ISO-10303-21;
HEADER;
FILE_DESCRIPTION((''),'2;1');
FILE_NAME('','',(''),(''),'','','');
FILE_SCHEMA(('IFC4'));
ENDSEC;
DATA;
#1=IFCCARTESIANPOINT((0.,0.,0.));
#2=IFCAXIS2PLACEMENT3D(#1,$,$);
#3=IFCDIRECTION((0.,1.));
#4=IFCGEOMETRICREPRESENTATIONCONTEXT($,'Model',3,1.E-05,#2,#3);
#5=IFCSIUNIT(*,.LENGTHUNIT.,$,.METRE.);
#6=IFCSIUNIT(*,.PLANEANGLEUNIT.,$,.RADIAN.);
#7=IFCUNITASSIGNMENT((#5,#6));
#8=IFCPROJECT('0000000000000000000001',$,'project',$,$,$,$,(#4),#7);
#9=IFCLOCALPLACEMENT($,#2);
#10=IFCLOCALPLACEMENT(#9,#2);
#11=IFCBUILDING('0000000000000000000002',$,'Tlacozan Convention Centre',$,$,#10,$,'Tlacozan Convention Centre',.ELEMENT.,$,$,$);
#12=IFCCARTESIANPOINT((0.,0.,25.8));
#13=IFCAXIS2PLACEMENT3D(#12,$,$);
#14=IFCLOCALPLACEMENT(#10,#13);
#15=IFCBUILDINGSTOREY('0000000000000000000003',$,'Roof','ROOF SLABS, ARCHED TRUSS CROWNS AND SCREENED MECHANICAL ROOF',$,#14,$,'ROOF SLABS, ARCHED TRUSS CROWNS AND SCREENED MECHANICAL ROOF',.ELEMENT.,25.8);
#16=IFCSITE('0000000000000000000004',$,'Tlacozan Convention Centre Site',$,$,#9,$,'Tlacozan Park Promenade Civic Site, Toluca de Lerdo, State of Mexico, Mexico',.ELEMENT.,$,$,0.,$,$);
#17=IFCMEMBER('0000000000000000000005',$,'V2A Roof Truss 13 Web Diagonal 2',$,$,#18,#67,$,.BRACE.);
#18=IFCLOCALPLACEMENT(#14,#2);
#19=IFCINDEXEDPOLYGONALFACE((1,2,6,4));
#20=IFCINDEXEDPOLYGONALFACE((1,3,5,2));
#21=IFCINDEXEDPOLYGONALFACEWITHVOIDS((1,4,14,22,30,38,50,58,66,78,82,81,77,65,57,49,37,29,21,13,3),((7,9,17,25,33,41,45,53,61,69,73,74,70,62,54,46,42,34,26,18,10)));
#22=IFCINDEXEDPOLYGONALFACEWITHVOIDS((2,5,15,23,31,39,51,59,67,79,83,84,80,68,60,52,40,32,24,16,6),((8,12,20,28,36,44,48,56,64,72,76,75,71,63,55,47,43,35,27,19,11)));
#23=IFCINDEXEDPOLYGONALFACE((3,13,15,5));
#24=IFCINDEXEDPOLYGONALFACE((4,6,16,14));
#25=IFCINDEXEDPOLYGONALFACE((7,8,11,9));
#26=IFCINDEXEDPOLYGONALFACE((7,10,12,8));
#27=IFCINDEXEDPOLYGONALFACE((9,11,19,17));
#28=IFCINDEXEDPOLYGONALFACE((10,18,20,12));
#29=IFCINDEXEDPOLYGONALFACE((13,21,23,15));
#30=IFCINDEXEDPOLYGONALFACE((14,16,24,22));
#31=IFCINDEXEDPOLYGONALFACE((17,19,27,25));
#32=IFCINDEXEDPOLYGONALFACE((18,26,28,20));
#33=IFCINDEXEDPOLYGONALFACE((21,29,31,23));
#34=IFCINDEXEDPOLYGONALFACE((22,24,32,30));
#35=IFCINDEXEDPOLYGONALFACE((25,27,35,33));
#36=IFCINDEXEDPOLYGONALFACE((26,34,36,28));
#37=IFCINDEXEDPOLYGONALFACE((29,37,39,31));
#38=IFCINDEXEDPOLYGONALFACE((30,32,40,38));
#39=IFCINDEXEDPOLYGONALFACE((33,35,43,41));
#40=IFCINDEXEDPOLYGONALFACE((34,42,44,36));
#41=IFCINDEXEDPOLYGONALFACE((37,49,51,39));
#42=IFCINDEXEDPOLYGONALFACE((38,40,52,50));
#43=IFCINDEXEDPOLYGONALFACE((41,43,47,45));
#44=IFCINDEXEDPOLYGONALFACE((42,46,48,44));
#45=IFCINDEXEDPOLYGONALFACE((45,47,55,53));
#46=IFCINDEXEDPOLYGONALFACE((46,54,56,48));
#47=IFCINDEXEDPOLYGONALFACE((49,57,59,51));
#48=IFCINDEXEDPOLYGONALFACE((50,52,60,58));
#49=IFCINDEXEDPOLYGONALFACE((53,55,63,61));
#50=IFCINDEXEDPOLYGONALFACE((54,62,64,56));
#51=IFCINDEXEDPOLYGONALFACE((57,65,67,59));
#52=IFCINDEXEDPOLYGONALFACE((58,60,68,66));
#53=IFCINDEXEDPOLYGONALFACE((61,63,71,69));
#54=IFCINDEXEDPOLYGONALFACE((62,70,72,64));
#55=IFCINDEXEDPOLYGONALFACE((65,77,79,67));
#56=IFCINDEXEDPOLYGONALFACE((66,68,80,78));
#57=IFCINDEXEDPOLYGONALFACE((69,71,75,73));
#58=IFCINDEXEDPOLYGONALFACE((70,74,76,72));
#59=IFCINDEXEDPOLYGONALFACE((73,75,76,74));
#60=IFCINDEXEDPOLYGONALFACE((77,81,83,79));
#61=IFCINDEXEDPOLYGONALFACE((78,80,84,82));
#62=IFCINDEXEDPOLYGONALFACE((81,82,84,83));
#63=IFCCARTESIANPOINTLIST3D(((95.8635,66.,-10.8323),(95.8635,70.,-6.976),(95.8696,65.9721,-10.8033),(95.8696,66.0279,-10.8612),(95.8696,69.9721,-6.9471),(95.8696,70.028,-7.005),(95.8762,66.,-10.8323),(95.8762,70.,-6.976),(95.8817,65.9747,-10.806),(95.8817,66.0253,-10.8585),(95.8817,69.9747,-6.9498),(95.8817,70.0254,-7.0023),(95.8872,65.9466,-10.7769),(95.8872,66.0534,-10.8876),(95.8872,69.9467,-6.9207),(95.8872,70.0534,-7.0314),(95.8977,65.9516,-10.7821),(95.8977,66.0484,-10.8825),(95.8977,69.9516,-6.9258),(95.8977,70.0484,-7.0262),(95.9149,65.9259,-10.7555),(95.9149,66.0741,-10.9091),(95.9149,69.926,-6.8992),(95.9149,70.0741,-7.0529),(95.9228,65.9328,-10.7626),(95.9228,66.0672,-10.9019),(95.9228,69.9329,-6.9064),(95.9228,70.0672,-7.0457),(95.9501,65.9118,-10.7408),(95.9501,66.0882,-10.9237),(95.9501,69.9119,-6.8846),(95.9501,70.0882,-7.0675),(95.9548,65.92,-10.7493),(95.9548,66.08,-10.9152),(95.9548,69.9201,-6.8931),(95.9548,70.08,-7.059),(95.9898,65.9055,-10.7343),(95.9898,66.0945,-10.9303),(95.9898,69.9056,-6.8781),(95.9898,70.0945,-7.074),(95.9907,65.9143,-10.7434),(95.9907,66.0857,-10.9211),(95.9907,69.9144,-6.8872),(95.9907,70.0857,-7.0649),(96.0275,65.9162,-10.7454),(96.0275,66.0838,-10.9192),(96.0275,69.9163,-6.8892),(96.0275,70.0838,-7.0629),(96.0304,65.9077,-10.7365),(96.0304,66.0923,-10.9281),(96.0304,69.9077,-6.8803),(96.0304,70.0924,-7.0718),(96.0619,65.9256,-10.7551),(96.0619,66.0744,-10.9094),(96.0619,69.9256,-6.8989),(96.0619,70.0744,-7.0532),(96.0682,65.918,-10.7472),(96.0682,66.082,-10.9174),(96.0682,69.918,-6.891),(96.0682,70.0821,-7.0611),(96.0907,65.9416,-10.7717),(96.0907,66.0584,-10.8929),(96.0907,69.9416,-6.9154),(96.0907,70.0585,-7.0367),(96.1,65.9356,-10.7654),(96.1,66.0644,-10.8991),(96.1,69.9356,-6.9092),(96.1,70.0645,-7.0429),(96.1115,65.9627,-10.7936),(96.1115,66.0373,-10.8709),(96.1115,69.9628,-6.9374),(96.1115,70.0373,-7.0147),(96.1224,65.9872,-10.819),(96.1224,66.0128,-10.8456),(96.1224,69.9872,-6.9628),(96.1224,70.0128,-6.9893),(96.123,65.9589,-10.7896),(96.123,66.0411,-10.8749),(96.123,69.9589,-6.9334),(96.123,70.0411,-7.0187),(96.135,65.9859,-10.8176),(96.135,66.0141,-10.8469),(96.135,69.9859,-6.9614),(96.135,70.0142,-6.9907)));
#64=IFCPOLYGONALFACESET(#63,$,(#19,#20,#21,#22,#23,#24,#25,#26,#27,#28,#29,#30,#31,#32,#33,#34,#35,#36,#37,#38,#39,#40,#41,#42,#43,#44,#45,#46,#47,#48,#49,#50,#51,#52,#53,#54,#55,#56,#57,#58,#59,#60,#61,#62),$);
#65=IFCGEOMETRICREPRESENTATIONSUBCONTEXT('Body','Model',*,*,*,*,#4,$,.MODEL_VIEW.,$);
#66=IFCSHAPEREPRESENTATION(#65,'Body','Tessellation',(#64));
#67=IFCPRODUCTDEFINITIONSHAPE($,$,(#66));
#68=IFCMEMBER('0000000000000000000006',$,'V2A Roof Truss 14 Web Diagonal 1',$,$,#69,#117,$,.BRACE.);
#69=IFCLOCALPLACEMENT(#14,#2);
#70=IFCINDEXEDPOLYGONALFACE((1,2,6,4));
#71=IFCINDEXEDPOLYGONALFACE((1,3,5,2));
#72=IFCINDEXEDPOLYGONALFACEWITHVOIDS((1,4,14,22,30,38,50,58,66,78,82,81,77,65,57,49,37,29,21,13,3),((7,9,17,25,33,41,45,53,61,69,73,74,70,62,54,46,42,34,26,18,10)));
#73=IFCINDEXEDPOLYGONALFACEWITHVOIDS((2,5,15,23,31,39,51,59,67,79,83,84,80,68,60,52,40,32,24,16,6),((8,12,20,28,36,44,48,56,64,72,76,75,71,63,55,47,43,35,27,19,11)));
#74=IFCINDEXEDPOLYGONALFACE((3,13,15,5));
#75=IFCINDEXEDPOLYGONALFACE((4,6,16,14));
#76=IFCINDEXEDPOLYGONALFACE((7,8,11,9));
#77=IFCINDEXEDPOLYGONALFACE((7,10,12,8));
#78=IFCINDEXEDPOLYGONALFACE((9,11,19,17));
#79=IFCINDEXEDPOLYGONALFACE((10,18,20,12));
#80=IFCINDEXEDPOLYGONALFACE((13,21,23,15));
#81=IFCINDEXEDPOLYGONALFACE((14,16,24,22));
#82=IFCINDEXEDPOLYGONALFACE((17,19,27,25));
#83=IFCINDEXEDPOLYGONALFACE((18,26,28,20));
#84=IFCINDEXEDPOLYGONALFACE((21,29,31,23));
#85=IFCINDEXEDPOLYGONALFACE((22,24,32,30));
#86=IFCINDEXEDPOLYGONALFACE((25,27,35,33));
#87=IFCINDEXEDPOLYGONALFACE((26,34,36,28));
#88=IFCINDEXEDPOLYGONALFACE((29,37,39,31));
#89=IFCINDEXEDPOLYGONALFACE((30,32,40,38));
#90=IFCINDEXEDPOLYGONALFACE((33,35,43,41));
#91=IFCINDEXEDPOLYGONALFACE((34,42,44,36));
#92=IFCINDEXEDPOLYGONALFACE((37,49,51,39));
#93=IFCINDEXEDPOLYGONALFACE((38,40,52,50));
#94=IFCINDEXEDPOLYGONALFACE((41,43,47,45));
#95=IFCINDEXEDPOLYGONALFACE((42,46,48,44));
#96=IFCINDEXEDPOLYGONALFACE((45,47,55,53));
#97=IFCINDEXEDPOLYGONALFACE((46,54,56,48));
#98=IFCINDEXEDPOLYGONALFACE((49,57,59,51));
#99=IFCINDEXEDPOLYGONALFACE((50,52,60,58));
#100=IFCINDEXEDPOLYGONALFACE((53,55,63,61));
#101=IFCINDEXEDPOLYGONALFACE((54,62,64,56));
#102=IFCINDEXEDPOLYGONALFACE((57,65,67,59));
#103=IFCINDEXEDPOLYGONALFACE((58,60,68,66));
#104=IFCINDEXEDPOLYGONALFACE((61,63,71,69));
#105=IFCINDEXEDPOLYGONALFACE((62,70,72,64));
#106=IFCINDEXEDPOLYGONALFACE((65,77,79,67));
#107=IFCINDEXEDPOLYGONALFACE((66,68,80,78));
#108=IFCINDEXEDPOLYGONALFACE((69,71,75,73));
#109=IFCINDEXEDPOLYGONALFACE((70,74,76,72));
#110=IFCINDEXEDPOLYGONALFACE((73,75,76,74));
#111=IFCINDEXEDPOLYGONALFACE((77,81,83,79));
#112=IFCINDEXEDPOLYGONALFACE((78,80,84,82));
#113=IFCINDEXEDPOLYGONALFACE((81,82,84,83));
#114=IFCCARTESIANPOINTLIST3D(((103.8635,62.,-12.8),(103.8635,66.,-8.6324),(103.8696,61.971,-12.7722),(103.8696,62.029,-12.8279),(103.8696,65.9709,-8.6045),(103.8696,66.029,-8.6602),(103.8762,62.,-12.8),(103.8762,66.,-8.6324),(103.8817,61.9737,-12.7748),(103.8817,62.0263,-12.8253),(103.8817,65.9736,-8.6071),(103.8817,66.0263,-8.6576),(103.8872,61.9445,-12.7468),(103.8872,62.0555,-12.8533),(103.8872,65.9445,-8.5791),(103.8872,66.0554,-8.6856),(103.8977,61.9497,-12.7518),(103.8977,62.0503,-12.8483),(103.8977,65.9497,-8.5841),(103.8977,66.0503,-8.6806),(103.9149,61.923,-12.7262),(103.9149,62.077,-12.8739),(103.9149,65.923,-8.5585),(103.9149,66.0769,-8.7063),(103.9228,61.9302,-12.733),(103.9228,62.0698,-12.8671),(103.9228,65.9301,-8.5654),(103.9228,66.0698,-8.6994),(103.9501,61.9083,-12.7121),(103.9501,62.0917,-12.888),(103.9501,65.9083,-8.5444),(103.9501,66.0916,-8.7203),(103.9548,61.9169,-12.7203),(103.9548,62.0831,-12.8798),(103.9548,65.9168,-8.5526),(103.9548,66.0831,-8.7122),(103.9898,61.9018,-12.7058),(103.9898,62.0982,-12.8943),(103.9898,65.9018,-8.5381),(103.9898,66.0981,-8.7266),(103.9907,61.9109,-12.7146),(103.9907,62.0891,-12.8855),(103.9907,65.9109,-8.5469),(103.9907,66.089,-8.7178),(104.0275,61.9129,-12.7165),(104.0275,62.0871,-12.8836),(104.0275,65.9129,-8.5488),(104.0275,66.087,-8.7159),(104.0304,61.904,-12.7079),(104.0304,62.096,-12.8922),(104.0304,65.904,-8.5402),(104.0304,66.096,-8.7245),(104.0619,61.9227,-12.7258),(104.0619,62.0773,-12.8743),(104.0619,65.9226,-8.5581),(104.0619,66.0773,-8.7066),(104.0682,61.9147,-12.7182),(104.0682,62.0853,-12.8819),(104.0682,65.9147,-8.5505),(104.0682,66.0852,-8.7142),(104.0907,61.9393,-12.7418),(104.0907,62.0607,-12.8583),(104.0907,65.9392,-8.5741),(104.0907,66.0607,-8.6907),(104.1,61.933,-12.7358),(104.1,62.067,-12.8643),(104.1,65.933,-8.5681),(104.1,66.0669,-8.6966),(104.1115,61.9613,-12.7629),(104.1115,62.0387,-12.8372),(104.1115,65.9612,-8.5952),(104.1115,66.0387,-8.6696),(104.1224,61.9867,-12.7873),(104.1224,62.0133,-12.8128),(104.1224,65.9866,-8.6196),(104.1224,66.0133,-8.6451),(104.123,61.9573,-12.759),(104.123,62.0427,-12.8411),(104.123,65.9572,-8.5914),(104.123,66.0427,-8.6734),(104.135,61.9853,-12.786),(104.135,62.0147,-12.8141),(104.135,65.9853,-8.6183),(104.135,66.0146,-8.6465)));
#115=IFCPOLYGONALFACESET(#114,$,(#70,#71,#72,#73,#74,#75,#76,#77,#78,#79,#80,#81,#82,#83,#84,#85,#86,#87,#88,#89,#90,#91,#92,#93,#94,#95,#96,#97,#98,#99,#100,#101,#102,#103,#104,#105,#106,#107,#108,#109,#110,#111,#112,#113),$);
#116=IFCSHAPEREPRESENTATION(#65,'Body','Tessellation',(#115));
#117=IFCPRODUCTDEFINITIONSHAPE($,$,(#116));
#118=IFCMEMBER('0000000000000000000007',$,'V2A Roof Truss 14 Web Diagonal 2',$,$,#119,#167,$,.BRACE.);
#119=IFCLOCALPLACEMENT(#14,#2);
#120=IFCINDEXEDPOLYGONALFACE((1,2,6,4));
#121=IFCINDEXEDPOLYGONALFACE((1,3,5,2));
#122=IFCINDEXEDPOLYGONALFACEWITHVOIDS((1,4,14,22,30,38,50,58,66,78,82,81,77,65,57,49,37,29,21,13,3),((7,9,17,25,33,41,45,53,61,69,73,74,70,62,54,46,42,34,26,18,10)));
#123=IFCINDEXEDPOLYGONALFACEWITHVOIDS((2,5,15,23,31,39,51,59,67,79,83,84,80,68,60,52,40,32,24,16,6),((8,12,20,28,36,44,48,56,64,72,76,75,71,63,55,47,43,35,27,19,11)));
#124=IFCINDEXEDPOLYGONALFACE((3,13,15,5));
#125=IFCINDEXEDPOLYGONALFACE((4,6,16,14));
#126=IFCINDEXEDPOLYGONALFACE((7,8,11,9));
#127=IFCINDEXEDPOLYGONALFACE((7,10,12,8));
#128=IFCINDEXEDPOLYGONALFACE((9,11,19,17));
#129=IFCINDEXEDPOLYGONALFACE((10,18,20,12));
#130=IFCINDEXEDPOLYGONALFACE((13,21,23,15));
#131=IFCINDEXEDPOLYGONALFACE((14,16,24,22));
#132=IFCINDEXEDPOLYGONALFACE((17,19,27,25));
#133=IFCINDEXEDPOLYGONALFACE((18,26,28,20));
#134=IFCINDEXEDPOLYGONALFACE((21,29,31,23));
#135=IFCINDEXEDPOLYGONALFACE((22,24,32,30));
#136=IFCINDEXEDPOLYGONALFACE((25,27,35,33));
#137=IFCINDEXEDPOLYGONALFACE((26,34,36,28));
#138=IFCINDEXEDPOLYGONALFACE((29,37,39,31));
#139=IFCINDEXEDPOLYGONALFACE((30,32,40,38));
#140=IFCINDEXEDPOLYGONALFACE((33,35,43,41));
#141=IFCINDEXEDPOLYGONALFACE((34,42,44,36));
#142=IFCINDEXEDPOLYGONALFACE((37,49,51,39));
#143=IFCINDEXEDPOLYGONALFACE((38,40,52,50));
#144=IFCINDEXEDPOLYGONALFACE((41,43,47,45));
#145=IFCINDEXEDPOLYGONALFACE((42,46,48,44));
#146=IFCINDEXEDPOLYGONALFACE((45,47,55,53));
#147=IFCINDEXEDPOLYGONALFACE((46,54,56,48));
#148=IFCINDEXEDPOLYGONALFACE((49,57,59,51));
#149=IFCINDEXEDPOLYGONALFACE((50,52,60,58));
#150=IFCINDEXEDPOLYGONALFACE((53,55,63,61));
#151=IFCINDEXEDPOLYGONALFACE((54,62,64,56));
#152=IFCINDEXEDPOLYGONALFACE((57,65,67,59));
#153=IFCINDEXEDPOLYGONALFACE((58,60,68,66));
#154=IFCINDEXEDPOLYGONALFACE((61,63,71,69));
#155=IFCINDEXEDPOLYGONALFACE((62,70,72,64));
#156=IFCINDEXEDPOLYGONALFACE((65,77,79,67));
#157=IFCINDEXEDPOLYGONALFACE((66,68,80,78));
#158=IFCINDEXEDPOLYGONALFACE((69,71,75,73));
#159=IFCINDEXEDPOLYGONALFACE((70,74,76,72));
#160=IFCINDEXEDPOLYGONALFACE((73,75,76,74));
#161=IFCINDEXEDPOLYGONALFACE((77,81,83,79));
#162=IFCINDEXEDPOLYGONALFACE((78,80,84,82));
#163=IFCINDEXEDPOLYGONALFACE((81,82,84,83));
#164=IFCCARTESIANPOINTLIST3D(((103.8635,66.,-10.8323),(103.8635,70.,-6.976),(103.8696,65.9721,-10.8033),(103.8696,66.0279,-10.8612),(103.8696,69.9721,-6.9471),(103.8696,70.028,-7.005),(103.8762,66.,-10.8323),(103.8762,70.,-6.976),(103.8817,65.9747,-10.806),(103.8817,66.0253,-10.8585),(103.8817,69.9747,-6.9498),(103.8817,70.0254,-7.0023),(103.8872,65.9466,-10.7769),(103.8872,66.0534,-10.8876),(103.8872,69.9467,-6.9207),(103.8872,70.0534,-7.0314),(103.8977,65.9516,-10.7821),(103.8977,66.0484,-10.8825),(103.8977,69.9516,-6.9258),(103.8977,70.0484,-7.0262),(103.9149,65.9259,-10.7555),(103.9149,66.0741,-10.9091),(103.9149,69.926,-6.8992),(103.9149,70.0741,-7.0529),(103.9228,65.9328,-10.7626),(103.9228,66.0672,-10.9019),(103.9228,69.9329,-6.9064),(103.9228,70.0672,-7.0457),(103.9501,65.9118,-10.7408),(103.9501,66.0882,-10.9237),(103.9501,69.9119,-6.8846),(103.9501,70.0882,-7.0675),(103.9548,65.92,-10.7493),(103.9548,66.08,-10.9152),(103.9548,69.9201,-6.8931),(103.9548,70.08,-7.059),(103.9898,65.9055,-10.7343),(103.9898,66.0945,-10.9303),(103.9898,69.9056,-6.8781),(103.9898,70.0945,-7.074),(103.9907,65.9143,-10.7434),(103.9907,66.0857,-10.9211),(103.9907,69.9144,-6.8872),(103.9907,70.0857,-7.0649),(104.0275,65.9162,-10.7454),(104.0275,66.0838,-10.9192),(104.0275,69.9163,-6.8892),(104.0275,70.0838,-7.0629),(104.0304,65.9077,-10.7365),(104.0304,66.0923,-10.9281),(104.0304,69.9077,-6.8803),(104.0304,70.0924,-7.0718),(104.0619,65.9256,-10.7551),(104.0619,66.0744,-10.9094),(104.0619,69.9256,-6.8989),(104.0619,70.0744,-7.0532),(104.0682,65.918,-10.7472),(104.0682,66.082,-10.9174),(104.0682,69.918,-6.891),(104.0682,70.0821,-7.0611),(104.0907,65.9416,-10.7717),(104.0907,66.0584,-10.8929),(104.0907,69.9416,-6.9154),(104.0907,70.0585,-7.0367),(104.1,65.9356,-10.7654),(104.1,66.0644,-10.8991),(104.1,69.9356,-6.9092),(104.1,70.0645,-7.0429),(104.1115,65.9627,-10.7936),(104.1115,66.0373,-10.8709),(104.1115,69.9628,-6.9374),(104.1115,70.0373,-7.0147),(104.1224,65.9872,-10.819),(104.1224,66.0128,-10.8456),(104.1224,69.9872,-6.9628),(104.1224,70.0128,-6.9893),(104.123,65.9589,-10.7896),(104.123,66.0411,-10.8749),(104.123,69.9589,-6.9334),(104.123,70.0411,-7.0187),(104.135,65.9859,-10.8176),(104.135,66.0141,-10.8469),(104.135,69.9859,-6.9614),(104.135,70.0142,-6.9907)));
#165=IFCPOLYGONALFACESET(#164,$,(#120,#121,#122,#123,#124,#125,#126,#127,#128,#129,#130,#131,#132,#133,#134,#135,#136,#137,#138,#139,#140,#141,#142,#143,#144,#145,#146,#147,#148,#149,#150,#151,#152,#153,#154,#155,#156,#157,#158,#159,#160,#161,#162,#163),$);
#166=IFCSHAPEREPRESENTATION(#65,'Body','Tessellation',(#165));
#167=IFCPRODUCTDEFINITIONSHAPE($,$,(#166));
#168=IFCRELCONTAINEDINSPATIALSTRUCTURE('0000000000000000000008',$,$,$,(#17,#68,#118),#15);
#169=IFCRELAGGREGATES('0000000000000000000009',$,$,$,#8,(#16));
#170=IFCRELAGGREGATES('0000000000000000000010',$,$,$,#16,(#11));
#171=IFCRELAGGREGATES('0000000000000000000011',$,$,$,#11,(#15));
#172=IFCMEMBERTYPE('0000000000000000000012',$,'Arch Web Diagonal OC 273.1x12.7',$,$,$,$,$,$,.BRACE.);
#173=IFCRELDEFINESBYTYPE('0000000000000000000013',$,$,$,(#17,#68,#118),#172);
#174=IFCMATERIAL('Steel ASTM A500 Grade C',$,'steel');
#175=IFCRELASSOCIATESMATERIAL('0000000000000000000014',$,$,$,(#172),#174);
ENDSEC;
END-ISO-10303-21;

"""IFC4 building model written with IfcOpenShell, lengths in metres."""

from ifc_helpers import new_model, si_unit, direction, frame, origin, origin_2d, place, context, subcontext, project, spatial, hollow_circle, extrude, material, material_profile, profile_set, type_object, element, save


model = new_model("IFC4")

# Units and contexts
model_context = context("Model", 3, precision=1e-05, world=origin(), true_north=direction((0.0, 1.0)))
body_context = subcontext(model_context, "Body", "Model", "MODEL_VIEW")
ifc_project = project(units=[si_unit("LENGTHUNIT", "METRE"), si_unit("PLANEANGLEUNIT", "RADIAN")], contexts=[model_context])

# Site, building, storey
site_placement = place(None, origin())
site = spatial("IfcSite", under=ifc_project, at=site_placement, Name="Tlacozan Convention Centre Site", LongName="Tlacozan Park Promenade Civic Site, Toluca de Lerdo, State of Mexico, Mexico", CompositionType="ELEMENT", RefElevation=0.0)
building_placement = place(site_placement, origin())
building = spatial("IfcBuilding", under=site, at=building_placement, Name="Tlacozan Convention Centre", LongName="Tlacozan Convention Centre", CompositionType="ELEMENT")
storey_placement = place(building_placement, frame((0.0, 0.0, 25.8)))
storey = spatial("IfcBuildingStorey", under=building, at=storey_placement, Name="Roof", Description="ROOF SLABS, ARCHED TRUSS CROWNS AND SCREENED MECHANICAL ROOF", LongName="ROOF SLABS, ARCHED TRUSS CROWNS AND SCREENED MECHANICAL ROOF", CompositionType="ELEMENT", Elevation=25.8)

# Members
ifc_material_1 = material(Name="Steel ASTM A500 Grade C", Category="steel")
ifc_material_profile_1 = material_profile(ifc_material_1, hollow_circle(Radius=0.1365, WallThickness=0.0127, at=origin_2d()), Name="OC 273.1x12.7")
ifc_profile_set_1 = profile_set([ifc_material_profile_1], Name="Steel ASTM A500 Grade C")
member_type_1 = type_object("IfcMemberType", Name="Arch Web Diagonal OC 273.1x12.7", PredefinedType="BRACE", material=ifc_profile_set_1)
member_1_placement = place(storey_placement, frame((96.0, 66.0, -10.8323), z_axis=(0.0, 0.719929, 0.694048), x_axis=(-1.0, 0.0, 0.0)))
element("IfcMember", 1, at=member_1_placement, inside=storey, type_object=member_type_1, Name="V2A Roof Truss 13 Web Diagonal 2", PredefinedType="BRACE", context=body_context, shape_type="SweptSolid", body=[
    extrude(hollow_circle(Radius=0.1365, WallThickness=0.0127, at=origin_2d()), origin(), (0.0, 0.0, 1.0), 5.5562),
])
member_2_placement = place(storey_placement, frame((104.0, 62.0, -12.8), z_axis=(0.0, 0.69244, 0.721475), x_axis=(-1.0, 0.0, 0.0)))
element("IfcMember", 2, at=member_2_placement, inside=storey, type_object=member_type_1, Name="V2A Roof Truss 14 Web Diagonal 1", PredefinedType="BRACE", context=body_context, shape_type="SweptSolid", body=[
    extrude(hollow_circle(Radius=0.1365, WallThickness=0.0127, at=origin_2d()), origin(), (0.0, 0.0, 1.0), 5.7766),
])
member_3_placement = place(storey_placement, frame((104.0, 66.0, -10.8323), z_axis=(0.0, 0.719929, 0.694048), x_axis=(-1.0, 0.0, 0.0)))
element("IfcMember", 3, at=member_3_placement, inside=storey, type_object=member_type_1, Name="V2A Roof Truss 14 Web Diagonal 2", PredefinedType="BRACE", context=body_context, shape_type="SweptSolid", body=[
    extrude(hollow_circle(Radius=0.1365, WallThickness=0.0127, at=origin_2d()), origin(), (0.0, 0.0, 1.0), 5.5562),
])

save(model, "model.ifc")
